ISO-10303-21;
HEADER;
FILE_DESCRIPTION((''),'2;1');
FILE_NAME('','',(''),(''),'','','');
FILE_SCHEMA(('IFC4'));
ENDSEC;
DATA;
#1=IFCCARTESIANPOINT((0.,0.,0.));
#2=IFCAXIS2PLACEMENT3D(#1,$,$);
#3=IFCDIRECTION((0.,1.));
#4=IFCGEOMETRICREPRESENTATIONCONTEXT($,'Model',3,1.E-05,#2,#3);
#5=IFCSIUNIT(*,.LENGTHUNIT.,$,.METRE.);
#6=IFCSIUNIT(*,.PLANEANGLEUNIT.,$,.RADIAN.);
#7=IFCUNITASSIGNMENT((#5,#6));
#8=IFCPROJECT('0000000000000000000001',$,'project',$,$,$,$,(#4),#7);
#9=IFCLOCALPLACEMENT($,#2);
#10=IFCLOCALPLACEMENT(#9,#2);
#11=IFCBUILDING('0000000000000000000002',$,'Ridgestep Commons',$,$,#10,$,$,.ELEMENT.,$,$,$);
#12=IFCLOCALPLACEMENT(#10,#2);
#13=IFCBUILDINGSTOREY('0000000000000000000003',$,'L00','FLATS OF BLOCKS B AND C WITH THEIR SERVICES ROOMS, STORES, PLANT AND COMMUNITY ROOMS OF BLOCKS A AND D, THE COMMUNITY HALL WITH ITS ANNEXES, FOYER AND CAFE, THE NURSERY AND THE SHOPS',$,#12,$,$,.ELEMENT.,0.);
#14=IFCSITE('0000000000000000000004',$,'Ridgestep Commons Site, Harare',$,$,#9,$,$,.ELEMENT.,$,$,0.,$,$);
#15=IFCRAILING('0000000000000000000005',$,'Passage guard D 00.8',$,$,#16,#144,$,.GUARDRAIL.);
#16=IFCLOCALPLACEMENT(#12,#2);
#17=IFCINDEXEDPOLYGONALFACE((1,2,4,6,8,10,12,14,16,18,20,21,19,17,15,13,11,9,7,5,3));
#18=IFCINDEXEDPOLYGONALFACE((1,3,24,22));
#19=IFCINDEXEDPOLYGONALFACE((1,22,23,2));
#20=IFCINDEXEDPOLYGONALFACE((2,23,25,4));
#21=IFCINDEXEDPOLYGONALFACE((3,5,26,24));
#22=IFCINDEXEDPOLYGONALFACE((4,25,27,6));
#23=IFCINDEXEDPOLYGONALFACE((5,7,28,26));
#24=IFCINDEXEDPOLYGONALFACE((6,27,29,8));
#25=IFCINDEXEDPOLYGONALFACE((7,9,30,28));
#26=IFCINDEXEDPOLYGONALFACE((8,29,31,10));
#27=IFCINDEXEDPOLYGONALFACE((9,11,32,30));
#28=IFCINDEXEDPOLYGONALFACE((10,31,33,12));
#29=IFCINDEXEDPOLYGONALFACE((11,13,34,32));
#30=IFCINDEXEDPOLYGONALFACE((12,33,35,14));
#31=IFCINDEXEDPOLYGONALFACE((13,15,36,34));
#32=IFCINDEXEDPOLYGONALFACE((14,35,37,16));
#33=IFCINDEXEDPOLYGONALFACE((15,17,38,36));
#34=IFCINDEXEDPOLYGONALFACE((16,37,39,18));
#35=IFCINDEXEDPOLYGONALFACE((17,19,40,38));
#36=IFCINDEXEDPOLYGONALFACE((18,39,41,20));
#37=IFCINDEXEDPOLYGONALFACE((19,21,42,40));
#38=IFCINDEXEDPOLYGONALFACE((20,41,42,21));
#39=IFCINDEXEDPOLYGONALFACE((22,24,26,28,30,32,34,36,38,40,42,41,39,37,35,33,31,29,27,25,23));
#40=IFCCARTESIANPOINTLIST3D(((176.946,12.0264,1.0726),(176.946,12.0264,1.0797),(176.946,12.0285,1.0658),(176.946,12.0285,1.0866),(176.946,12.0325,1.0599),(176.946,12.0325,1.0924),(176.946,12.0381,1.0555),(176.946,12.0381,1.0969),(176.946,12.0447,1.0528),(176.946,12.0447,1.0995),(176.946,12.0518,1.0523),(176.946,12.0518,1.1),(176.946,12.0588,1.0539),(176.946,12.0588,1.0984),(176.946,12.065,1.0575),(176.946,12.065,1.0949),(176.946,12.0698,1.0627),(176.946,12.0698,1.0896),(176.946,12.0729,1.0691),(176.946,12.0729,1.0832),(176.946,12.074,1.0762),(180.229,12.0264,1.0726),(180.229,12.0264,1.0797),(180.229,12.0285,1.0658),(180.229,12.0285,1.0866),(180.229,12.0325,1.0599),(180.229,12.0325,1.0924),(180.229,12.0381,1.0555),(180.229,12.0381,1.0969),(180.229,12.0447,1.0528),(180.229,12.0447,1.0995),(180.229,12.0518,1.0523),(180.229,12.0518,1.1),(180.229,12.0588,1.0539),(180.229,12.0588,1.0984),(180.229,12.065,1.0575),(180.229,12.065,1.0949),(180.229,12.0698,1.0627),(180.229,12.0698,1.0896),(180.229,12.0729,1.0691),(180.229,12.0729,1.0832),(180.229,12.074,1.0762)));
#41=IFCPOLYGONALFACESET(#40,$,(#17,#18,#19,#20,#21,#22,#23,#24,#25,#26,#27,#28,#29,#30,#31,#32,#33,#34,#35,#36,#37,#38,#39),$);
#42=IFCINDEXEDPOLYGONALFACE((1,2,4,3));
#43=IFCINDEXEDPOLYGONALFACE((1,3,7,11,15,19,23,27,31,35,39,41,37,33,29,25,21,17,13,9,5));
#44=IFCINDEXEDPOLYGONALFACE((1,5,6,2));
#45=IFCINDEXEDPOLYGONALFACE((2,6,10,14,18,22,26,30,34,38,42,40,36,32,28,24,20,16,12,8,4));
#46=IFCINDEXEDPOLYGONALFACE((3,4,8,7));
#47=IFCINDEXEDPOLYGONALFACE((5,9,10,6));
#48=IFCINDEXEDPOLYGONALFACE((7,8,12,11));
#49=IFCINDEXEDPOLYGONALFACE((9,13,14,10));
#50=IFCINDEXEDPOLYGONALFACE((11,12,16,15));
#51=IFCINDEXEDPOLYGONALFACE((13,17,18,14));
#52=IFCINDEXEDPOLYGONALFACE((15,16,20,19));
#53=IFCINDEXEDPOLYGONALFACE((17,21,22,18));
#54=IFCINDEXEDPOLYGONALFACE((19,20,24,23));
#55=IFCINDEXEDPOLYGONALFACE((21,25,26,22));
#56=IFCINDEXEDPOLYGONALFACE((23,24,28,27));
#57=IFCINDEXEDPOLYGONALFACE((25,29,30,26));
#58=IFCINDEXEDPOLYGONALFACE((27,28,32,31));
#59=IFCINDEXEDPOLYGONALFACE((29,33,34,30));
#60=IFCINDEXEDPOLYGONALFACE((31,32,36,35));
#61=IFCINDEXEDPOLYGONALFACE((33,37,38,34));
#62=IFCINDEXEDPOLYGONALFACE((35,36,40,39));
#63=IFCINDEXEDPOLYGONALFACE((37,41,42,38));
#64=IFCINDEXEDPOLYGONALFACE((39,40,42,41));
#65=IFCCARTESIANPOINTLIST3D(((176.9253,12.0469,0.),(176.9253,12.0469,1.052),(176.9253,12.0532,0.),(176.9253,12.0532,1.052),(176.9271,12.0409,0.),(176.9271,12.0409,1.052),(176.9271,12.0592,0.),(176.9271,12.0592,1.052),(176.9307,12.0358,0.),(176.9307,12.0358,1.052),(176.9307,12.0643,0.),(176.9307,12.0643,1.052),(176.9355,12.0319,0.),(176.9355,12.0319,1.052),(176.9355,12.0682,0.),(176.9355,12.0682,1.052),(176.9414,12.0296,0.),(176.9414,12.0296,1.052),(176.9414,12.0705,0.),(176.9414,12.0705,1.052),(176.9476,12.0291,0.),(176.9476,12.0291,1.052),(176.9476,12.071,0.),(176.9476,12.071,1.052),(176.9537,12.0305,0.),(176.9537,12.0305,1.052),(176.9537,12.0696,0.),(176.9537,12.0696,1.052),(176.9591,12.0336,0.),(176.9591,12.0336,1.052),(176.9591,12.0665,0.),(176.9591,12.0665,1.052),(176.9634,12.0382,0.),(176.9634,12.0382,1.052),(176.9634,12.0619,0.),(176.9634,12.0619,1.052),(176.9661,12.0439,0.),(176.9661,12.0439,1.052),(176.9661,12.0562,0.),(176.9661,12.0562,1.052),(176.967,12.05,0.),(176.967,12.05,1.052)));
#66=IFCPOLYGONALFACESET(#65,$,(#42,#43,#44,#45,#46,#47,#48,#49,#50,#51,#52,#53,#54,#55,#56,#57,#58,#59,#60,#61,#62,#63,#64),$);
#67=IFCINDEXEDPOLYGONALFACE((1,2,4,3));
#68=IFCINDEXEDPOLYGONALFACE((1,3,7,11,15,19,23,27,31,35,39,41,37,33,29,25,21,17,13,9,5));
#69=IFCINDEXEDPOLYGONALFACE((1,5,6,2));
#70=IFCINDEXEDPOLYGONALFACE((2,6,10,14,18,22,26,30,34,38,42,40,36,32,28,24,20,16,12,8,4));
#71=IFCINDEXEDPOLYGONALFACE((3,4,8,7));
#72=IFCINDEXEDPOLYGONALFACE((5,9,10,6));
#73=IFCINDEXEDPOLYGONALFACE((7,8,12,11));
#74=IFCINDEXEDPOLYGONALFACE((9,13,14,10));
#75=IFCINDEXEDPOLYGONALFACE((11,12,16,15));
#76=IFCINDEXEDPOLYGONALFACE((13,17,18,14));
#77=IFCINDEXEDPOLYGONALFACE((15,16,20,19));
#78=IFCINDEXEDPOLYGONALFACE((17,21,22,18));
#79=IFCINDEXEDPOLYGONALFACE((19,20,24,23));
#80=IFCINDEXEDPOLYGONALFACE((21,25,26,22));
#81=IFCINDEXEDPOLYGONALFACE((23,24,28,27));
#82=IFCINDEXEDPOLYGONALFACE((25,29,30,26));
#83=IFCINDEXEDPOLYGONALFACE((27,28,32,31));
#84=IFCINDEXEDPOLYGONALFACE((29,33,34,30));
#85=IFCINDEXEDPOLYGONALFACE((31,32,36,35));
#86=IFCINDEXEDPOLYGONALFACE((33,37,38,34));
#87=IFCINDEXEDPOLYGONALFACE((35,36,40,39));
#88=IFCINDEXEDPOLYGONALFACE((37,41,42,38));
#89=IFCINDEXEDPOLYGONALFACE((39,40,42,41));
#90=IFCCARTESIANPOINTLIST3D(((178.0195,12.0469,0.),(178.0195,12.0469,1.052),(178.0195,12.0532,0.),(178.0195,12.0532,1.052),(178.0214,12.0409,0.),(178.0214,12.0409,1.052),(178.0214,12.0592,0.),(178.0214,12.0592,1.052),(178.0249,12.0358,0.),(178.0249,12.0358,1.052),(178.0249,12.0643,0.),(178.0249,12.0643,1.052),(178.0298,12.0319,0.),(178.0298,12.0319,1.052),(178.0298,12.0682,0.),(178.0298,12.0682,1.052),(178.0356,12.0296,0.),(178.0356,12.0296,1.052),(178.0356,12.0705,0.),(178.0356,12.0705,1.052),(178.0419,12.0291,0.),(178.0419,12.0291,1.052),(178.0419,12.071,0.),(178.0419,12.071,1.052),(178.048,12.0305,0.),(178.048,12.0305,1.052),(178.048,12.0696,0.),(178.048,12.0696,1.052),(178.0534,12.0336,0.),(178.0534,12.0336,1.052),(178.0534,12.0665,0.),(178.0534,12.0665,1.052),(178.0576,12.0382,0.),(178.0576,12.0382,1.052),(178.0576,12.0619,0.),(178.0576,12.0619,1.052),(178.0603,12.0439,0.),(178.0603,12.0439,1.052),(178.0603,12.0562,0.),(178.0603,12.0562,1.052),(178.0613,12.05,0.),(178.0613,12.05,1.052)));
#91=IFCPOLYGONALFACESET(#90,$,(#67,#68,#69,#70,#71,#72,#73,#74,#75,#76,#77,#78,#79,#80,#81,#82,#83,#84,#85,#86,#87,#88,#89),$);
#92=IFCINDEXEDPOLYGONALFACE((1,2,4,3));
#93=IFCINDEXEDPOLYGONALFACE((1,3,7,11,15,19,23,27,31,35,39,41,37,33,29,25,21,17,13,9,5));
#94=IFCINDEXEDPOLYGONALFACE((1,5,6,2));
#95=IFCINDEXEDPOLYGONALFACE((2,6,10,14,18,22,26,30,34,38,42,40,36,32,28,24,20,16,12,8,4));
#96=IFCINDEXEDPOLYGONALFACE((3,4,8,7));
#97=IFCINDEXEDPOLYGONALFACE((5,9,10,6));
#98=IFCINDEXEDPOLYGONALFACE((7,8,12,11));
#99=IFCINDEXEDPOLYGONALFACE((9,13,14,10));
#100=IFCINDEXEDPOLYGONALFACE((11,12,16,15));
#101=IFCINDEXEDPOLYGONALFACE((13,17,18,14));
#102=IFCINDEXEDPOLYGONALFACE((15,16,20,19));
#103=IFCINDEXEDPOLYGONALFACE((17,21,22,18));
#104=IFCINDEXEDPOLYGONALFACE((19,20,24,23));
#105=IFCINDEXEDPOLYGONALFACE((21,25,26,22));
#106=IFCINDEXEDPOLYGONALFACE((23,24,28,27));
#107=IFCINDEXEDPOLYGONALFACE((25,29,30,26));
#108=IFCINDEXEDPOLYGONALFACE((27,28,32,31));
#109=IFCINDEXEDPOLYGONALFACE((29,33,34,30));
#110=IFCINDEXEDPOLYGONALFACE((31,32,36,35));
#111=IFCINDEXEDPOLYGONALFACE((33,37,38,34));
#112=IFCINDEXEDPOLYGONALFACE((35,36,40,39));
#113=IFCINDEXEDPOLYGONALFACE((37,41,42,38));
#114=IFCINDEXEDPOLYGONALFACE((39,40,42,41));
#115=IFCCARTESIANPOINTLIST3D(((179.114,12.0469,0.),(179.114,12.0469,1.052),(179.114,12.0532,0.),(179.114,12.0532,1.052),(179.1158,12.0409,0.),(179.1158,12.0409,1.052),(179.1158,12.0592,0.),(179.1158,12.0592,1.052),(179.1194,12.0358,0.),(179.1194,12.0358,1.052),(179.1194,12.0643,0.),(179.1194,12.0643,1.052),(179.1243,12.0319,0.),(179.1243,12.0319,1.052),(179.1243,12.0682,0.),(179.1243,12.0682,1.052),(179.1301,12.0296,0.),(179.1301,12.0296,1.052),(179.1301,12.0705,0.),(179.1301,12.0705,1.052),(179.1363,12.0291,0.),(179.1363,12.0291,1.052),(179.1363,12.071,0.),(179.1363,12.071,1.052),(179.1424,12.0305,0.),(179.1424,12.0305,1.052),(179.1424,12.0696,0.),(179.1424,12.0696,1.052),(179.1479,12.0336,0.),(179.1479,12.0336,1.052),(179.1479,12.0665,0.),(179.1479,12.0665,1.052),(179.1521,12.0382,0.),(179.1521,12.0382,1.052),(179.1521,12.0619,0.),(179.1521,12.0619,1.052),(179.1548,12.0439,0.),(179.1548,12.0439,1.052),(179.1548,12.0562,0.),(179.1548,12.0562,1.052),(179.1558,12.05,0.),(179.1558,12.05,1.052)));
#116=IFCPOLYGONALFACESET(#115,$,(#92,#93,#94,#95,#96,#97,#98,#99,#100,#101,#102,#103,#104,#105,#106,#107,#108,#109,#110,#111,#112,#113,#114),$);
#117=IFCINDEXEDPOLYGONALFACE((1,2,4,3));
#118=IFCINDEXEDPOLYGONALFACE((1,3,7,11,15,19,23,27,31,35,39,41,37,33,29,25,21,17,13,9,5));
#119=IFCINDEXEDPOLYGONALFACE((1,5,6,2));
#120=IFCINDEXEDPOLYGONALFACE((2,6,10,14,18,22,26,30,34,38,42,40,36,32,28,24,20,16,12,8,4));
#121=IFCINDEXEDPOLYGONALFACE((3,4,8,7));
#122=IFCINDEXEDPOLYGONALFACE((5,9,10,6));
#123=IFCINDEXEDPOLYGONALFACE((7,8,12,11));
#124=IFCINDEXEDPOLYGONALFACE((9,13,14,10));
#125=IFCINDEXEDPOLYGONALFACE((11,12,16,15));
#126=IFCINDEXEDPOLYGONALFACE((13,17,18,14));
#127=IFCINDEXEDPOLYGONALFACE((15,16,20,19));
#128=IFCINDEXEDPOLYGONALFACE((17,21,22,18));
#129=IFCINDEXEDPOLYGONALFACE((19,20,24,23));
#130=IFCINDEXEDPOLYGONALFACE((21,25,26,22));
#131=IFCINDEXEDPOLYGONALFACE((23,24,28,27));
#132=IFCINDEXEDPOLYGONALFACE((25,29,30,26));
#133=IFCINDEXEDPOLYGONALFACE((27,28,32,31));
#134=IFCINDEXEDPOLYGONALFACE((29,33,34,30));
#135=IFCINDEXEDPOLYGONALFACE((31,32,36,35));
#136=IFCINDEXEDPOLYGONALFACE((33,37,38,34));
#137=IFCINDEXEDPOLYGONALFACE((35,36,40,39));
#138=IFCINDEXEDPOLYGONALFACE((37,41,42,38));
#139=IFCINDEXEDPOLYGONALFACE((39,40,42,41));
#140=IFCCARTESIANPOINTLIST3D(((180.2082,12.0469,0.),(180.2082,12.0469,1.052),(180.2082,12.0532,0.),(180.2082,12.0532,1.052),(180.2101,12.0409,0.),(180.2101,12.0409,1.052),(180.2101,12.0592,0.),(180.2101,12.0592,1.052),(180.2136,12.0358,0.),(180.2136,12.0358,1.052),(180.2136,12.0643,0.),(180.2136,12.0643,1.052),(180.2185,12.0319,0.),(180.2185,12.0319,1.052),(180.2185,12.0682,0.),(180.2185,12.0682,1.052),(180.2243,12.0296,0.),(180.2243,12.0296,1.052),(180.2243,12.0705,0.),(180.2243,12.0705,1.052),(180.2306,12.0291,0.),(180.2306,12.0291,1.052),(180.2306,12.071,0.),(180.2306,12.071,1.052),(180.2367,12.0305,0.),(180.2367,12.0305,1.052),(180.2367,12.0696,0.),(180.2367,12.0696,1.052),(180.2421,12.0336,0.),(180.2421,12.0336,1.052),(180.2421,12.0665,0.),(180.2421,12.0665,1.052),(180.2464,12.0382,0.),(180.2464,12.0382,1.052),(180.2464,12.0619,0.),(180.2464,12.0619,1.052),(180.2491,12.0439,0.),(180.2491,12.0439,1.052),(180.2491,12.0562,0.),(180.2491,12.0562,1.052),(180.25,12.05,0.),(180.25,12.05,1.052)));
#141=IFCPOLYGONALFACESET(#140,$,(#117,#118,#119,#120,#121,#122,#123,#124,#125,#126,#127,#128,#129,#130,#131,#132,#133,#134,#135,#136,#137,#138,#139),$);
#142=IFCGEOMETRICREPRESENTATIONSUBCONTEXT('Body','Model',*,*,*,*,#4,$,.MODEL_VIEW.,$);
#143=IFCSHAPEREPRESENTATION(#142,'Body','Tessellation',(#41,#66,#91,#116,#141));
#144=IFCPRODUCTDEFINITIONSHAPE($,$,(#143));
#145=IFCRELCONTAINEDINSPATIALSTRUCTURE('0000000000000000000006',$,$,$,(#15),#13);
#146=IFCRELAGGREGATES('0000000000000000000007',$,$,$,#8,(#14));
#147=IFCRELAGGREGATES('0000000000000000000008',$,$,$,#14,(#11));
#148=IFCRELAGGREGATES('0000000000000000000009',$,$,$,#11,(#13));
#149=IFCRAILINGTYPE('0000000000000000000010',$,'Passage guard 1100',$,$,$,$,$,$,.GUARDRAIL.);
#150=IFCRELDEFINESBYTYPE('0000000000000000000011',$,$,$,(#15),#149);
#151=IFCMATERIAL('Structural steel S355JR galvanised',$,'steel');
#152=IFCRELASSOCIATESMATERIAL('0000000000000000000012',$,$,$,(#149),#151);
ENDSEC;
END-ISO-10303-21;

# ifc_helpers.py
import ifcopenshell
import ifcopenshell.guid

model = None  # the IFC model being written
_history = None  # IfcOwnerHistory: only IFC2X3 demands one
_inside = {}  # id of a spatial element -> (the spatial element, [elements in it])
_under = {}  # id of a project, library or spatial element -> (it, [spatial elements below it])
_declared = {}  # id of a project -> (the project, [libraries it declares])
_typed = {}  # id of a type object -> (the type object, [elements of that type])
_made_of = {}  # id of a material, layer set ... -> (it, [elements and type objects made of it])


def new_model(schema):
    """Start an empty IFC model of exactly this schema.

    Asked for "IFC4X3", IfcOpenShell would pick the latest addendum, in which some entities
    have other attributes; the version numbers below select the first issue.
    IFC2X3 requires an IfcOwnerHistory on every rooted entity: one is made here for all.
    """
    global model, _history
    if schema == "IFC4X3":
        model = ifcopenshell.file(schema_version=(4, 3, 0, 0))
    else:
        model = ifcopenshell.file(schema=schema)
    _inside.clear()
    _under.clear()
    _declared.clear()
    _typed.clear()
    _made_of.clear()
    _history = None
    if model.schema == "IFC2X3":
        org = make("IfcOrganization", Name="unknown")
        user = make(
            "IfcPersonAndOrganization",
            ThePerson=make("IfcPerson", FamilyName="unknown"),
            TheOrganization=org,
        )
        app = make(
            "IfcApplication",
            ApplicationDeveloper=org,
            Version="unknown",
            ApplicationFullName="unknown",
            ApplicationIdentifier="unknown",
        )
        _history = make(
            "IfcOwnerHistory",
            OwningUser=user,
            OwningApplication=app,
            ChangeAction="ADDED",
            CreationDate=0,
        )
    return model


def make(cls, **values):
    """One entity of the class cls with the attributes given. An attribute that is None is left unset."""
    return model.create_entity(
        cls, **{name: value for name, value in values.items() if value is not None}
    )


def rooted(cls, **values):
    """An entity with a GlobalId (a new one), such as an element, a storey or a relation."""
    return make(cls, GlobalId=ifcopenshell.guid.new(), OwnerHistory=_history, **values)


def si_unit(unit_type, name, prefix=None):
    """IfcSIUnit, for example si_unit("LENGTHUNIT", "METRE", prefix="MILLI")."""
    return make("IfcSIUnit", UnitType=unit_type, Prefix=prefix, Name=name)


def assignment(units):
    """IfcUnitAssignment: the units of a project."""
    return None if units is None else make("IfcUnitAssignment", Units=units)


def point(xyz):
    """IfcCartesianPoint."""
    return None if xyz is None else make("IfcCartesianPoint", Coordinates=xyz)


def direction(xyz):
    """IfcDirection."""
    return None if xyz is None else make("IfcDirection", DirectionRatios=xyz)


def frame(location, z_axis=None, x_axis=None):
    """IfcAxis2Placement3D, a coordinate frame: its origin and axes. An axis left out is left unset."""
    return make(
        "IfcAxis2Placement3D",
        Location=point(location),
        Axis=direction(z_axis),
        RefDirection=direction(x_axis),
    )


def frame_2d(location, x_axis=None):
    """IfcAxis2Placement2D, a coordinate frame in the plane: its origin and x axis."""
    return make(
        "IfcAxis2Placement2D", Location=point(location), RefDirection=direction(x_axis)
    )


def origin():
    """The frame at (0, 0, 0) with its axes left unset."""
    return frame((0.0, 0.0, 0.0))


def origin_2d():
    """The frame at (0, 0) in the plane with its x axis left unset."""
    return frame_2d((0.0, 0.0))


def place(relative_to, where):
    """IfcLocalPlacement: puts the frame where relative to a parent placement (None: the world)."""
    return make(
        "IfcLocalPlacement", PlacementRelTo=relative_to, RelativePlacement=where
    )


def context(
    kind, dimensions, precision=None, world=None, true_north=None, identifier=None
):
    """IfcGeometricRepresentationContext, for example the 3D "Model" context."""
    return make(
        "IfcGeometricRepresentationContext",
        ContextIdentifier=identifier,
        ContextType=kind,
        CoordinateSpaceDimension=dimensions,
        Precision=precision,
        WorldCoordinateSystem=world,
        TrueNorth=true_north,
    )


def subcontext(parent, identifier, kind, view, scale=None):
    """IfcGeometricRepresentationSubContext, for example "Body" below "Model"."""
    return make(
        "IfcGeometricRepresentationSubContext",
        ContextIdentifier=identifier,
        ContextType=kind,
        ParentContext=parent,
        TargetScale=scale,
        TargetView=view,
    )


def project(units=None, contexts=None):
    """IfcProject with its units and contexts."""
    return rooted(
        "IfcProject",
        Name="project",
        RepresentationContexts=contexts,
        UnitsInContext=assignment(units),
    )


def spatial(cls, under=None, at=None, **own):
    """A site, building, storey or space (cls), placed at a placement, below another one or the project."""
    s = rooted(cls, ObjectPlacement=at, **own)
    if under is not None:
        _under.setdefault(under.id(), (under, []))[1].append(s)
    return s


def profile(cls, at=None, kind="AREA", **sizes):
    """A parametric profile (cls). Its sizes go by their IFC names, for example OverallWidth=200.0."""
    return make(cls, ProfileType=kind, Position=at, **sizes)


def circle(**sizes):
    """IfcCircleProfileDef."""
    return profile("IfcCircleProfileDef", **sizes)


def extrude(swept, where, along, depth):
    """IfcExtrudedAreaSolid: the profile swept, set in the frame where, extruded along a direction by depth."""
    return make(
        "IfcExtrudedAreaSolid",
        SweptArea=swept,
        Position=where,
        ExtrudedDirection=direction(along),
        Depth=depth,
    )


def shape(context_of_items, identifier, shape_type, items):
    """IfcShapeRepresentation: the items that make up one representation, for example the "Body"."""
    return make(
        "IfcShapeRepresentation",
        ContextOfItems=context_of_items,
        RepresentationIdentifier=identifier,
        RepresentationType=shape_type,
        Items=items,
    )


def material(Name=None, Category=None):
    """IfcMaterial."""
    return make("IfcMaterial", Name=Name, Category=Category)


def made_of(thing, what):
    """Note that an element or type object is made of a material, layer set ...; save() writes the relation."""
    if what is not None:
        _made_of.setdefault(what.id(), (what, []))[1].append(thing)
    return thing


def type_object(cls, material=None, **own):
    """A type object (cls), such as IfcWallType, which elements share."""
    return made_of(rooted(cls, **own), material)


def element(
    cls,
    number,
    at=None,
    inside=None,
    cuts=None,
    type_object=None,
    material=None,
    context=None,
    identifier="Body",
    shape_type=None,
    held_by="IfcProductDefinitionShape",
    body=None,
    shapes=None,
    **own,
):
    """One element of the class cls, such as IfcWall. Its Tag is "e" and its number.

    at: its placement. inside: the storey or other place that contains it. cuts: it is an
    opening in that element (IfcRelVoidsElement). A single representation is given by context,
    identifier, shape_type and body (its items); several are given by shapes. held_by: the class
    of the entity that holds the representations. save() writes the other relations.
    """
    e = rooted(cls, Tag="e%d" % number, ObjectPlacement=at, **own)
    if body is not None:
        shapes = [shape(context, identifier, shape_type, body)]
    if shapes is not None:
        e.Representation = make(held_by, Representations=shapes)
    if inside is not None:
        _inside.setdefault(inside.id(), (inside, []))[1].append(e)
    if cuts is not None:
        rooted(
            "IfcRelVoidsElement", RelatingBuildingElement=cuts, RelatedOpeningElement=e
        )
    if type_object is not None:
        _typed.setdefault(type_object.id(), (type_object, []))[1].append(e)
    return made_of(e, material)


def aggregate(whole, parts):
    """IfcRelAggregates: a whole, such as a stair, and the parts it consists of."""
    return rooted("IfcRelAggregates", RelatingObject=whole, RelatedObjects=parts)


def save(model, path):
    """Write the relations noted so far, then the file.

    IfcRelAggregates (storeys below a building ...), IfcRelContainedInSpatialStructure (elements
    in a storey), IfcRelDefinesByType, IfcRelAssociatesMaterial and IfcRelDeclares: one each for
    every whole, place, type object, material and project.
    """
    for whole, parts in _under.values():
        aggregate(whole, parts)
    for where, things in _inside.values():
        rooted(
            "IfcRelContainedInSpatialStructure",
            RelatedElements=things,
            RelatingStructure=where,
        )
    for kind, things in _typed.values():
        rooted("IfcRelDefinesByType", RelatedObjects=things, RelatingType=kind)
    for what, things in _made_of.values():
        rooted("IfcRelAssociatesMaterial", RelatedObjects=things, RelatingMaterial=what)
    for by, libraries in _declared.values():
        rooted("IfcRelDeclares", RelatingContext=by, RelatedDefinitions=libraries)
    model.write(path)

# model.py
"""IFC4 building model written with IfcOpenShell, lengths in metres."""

from ifc_helpers import new_model, si_unit, direction, frame, origin, origin_2d, place, context, subcontext, project, spatial, circle, extrude, material, type_object, element, save


model = new_model("IFC4")

# Units and contexts
model_context = context("Model", 3, precision=1e-05, world=origin(), true_north=direction((0.0, 1.0)))
body_context = subcontext(model_context, "Body", "Model", "MODEL_VIEW")
ifc_project = project(units=[si_unit("LENGTHUNIT", "METRE"), si_unit("PLANEANGLEUNIT", "RADIAN")], contexts=[model_context])

# Site, building, storey
site_placement = place(None, origin())
site = spatial("IfcSite", under=ifc_project, at=site_placement, Name="Ridgestep Commons Site, Harare", CompositionType="ELEMENT", RefElevation=0.0)
building_placement = place(site_placement, origin())
building = spatial("IfcBuilding", under=site, at=building_placement, Name="Ridgestep Commons", CompositionType="ELEMENT")
storey_placement = place(building_placement, origin())
storey = spatial("IfcBuildingStorey", under=building, at=storey_placement, Name="L00", Description="FLATS OF BLOCKS B AND C WITH THEIR SERVICES ROOMS, STORES, PLANT AND COMMUNITY ROOMS OF BLOCKS A AND D, THE COMMUNITY HALL WITH ITS ANNEXES, FOYER AND CAFE, THE NURSERY AND THE SHOPS", CompositionType="ELEMENT", Elevation=0.0)

# Railing
ifc_material_1 = material(Name="Structural steel S355JR galvanised", Category="steel")
railing_type_1 = type_object("IfcRailingType", Name="Passage guard 1100", PredefinedType="GUARDRAIL", material=ifc_material_1)
for number, where, name in (
    (1, (176.946, 12.05, 0.0), "Passage guard D 00.8"),
):
    element("IfcRailing", number, at=place(storey_placement, frame(where)), inside=storey, type_object=railing_type_1, Name=name, PredefinedType="GUARDRAIL", context=body_context, shape_type="SweptSolid", body=[
        extrude(circle(Radius=0.0239, at=origin_2d()), frame((0.0, 0.0, 1.0762), z_axis=(1.0, 0.0, 0.0), x_axis=(0.0, 1.0, 0.0)), (0.0, 0.0, 1.0), 3.283),
        extrude(circle(Radius=0.021, at=origin_2d()), origin(), (0.0, 0.0, 1.0), 1.052),
        extrude(circle(Radius=0.021, at=origin_2d()), frame((1.0942, 0.0, 0.0)), (0.0, 0.0, 1.0), 1.052),
        extrude(circle(Radius=0.021, at=origin_2d()), frame((2.1887, 0.0, 0.0)), (0.0, 0.0, 1.0), 1.052),
        extrude(circle(Radius=0.021, at=origin_2d()), frame((3.283, 0.0, 0.0)), (0.0, 0.0, 1.0), 1.052),
    ])

save(model, "model.ifc")
